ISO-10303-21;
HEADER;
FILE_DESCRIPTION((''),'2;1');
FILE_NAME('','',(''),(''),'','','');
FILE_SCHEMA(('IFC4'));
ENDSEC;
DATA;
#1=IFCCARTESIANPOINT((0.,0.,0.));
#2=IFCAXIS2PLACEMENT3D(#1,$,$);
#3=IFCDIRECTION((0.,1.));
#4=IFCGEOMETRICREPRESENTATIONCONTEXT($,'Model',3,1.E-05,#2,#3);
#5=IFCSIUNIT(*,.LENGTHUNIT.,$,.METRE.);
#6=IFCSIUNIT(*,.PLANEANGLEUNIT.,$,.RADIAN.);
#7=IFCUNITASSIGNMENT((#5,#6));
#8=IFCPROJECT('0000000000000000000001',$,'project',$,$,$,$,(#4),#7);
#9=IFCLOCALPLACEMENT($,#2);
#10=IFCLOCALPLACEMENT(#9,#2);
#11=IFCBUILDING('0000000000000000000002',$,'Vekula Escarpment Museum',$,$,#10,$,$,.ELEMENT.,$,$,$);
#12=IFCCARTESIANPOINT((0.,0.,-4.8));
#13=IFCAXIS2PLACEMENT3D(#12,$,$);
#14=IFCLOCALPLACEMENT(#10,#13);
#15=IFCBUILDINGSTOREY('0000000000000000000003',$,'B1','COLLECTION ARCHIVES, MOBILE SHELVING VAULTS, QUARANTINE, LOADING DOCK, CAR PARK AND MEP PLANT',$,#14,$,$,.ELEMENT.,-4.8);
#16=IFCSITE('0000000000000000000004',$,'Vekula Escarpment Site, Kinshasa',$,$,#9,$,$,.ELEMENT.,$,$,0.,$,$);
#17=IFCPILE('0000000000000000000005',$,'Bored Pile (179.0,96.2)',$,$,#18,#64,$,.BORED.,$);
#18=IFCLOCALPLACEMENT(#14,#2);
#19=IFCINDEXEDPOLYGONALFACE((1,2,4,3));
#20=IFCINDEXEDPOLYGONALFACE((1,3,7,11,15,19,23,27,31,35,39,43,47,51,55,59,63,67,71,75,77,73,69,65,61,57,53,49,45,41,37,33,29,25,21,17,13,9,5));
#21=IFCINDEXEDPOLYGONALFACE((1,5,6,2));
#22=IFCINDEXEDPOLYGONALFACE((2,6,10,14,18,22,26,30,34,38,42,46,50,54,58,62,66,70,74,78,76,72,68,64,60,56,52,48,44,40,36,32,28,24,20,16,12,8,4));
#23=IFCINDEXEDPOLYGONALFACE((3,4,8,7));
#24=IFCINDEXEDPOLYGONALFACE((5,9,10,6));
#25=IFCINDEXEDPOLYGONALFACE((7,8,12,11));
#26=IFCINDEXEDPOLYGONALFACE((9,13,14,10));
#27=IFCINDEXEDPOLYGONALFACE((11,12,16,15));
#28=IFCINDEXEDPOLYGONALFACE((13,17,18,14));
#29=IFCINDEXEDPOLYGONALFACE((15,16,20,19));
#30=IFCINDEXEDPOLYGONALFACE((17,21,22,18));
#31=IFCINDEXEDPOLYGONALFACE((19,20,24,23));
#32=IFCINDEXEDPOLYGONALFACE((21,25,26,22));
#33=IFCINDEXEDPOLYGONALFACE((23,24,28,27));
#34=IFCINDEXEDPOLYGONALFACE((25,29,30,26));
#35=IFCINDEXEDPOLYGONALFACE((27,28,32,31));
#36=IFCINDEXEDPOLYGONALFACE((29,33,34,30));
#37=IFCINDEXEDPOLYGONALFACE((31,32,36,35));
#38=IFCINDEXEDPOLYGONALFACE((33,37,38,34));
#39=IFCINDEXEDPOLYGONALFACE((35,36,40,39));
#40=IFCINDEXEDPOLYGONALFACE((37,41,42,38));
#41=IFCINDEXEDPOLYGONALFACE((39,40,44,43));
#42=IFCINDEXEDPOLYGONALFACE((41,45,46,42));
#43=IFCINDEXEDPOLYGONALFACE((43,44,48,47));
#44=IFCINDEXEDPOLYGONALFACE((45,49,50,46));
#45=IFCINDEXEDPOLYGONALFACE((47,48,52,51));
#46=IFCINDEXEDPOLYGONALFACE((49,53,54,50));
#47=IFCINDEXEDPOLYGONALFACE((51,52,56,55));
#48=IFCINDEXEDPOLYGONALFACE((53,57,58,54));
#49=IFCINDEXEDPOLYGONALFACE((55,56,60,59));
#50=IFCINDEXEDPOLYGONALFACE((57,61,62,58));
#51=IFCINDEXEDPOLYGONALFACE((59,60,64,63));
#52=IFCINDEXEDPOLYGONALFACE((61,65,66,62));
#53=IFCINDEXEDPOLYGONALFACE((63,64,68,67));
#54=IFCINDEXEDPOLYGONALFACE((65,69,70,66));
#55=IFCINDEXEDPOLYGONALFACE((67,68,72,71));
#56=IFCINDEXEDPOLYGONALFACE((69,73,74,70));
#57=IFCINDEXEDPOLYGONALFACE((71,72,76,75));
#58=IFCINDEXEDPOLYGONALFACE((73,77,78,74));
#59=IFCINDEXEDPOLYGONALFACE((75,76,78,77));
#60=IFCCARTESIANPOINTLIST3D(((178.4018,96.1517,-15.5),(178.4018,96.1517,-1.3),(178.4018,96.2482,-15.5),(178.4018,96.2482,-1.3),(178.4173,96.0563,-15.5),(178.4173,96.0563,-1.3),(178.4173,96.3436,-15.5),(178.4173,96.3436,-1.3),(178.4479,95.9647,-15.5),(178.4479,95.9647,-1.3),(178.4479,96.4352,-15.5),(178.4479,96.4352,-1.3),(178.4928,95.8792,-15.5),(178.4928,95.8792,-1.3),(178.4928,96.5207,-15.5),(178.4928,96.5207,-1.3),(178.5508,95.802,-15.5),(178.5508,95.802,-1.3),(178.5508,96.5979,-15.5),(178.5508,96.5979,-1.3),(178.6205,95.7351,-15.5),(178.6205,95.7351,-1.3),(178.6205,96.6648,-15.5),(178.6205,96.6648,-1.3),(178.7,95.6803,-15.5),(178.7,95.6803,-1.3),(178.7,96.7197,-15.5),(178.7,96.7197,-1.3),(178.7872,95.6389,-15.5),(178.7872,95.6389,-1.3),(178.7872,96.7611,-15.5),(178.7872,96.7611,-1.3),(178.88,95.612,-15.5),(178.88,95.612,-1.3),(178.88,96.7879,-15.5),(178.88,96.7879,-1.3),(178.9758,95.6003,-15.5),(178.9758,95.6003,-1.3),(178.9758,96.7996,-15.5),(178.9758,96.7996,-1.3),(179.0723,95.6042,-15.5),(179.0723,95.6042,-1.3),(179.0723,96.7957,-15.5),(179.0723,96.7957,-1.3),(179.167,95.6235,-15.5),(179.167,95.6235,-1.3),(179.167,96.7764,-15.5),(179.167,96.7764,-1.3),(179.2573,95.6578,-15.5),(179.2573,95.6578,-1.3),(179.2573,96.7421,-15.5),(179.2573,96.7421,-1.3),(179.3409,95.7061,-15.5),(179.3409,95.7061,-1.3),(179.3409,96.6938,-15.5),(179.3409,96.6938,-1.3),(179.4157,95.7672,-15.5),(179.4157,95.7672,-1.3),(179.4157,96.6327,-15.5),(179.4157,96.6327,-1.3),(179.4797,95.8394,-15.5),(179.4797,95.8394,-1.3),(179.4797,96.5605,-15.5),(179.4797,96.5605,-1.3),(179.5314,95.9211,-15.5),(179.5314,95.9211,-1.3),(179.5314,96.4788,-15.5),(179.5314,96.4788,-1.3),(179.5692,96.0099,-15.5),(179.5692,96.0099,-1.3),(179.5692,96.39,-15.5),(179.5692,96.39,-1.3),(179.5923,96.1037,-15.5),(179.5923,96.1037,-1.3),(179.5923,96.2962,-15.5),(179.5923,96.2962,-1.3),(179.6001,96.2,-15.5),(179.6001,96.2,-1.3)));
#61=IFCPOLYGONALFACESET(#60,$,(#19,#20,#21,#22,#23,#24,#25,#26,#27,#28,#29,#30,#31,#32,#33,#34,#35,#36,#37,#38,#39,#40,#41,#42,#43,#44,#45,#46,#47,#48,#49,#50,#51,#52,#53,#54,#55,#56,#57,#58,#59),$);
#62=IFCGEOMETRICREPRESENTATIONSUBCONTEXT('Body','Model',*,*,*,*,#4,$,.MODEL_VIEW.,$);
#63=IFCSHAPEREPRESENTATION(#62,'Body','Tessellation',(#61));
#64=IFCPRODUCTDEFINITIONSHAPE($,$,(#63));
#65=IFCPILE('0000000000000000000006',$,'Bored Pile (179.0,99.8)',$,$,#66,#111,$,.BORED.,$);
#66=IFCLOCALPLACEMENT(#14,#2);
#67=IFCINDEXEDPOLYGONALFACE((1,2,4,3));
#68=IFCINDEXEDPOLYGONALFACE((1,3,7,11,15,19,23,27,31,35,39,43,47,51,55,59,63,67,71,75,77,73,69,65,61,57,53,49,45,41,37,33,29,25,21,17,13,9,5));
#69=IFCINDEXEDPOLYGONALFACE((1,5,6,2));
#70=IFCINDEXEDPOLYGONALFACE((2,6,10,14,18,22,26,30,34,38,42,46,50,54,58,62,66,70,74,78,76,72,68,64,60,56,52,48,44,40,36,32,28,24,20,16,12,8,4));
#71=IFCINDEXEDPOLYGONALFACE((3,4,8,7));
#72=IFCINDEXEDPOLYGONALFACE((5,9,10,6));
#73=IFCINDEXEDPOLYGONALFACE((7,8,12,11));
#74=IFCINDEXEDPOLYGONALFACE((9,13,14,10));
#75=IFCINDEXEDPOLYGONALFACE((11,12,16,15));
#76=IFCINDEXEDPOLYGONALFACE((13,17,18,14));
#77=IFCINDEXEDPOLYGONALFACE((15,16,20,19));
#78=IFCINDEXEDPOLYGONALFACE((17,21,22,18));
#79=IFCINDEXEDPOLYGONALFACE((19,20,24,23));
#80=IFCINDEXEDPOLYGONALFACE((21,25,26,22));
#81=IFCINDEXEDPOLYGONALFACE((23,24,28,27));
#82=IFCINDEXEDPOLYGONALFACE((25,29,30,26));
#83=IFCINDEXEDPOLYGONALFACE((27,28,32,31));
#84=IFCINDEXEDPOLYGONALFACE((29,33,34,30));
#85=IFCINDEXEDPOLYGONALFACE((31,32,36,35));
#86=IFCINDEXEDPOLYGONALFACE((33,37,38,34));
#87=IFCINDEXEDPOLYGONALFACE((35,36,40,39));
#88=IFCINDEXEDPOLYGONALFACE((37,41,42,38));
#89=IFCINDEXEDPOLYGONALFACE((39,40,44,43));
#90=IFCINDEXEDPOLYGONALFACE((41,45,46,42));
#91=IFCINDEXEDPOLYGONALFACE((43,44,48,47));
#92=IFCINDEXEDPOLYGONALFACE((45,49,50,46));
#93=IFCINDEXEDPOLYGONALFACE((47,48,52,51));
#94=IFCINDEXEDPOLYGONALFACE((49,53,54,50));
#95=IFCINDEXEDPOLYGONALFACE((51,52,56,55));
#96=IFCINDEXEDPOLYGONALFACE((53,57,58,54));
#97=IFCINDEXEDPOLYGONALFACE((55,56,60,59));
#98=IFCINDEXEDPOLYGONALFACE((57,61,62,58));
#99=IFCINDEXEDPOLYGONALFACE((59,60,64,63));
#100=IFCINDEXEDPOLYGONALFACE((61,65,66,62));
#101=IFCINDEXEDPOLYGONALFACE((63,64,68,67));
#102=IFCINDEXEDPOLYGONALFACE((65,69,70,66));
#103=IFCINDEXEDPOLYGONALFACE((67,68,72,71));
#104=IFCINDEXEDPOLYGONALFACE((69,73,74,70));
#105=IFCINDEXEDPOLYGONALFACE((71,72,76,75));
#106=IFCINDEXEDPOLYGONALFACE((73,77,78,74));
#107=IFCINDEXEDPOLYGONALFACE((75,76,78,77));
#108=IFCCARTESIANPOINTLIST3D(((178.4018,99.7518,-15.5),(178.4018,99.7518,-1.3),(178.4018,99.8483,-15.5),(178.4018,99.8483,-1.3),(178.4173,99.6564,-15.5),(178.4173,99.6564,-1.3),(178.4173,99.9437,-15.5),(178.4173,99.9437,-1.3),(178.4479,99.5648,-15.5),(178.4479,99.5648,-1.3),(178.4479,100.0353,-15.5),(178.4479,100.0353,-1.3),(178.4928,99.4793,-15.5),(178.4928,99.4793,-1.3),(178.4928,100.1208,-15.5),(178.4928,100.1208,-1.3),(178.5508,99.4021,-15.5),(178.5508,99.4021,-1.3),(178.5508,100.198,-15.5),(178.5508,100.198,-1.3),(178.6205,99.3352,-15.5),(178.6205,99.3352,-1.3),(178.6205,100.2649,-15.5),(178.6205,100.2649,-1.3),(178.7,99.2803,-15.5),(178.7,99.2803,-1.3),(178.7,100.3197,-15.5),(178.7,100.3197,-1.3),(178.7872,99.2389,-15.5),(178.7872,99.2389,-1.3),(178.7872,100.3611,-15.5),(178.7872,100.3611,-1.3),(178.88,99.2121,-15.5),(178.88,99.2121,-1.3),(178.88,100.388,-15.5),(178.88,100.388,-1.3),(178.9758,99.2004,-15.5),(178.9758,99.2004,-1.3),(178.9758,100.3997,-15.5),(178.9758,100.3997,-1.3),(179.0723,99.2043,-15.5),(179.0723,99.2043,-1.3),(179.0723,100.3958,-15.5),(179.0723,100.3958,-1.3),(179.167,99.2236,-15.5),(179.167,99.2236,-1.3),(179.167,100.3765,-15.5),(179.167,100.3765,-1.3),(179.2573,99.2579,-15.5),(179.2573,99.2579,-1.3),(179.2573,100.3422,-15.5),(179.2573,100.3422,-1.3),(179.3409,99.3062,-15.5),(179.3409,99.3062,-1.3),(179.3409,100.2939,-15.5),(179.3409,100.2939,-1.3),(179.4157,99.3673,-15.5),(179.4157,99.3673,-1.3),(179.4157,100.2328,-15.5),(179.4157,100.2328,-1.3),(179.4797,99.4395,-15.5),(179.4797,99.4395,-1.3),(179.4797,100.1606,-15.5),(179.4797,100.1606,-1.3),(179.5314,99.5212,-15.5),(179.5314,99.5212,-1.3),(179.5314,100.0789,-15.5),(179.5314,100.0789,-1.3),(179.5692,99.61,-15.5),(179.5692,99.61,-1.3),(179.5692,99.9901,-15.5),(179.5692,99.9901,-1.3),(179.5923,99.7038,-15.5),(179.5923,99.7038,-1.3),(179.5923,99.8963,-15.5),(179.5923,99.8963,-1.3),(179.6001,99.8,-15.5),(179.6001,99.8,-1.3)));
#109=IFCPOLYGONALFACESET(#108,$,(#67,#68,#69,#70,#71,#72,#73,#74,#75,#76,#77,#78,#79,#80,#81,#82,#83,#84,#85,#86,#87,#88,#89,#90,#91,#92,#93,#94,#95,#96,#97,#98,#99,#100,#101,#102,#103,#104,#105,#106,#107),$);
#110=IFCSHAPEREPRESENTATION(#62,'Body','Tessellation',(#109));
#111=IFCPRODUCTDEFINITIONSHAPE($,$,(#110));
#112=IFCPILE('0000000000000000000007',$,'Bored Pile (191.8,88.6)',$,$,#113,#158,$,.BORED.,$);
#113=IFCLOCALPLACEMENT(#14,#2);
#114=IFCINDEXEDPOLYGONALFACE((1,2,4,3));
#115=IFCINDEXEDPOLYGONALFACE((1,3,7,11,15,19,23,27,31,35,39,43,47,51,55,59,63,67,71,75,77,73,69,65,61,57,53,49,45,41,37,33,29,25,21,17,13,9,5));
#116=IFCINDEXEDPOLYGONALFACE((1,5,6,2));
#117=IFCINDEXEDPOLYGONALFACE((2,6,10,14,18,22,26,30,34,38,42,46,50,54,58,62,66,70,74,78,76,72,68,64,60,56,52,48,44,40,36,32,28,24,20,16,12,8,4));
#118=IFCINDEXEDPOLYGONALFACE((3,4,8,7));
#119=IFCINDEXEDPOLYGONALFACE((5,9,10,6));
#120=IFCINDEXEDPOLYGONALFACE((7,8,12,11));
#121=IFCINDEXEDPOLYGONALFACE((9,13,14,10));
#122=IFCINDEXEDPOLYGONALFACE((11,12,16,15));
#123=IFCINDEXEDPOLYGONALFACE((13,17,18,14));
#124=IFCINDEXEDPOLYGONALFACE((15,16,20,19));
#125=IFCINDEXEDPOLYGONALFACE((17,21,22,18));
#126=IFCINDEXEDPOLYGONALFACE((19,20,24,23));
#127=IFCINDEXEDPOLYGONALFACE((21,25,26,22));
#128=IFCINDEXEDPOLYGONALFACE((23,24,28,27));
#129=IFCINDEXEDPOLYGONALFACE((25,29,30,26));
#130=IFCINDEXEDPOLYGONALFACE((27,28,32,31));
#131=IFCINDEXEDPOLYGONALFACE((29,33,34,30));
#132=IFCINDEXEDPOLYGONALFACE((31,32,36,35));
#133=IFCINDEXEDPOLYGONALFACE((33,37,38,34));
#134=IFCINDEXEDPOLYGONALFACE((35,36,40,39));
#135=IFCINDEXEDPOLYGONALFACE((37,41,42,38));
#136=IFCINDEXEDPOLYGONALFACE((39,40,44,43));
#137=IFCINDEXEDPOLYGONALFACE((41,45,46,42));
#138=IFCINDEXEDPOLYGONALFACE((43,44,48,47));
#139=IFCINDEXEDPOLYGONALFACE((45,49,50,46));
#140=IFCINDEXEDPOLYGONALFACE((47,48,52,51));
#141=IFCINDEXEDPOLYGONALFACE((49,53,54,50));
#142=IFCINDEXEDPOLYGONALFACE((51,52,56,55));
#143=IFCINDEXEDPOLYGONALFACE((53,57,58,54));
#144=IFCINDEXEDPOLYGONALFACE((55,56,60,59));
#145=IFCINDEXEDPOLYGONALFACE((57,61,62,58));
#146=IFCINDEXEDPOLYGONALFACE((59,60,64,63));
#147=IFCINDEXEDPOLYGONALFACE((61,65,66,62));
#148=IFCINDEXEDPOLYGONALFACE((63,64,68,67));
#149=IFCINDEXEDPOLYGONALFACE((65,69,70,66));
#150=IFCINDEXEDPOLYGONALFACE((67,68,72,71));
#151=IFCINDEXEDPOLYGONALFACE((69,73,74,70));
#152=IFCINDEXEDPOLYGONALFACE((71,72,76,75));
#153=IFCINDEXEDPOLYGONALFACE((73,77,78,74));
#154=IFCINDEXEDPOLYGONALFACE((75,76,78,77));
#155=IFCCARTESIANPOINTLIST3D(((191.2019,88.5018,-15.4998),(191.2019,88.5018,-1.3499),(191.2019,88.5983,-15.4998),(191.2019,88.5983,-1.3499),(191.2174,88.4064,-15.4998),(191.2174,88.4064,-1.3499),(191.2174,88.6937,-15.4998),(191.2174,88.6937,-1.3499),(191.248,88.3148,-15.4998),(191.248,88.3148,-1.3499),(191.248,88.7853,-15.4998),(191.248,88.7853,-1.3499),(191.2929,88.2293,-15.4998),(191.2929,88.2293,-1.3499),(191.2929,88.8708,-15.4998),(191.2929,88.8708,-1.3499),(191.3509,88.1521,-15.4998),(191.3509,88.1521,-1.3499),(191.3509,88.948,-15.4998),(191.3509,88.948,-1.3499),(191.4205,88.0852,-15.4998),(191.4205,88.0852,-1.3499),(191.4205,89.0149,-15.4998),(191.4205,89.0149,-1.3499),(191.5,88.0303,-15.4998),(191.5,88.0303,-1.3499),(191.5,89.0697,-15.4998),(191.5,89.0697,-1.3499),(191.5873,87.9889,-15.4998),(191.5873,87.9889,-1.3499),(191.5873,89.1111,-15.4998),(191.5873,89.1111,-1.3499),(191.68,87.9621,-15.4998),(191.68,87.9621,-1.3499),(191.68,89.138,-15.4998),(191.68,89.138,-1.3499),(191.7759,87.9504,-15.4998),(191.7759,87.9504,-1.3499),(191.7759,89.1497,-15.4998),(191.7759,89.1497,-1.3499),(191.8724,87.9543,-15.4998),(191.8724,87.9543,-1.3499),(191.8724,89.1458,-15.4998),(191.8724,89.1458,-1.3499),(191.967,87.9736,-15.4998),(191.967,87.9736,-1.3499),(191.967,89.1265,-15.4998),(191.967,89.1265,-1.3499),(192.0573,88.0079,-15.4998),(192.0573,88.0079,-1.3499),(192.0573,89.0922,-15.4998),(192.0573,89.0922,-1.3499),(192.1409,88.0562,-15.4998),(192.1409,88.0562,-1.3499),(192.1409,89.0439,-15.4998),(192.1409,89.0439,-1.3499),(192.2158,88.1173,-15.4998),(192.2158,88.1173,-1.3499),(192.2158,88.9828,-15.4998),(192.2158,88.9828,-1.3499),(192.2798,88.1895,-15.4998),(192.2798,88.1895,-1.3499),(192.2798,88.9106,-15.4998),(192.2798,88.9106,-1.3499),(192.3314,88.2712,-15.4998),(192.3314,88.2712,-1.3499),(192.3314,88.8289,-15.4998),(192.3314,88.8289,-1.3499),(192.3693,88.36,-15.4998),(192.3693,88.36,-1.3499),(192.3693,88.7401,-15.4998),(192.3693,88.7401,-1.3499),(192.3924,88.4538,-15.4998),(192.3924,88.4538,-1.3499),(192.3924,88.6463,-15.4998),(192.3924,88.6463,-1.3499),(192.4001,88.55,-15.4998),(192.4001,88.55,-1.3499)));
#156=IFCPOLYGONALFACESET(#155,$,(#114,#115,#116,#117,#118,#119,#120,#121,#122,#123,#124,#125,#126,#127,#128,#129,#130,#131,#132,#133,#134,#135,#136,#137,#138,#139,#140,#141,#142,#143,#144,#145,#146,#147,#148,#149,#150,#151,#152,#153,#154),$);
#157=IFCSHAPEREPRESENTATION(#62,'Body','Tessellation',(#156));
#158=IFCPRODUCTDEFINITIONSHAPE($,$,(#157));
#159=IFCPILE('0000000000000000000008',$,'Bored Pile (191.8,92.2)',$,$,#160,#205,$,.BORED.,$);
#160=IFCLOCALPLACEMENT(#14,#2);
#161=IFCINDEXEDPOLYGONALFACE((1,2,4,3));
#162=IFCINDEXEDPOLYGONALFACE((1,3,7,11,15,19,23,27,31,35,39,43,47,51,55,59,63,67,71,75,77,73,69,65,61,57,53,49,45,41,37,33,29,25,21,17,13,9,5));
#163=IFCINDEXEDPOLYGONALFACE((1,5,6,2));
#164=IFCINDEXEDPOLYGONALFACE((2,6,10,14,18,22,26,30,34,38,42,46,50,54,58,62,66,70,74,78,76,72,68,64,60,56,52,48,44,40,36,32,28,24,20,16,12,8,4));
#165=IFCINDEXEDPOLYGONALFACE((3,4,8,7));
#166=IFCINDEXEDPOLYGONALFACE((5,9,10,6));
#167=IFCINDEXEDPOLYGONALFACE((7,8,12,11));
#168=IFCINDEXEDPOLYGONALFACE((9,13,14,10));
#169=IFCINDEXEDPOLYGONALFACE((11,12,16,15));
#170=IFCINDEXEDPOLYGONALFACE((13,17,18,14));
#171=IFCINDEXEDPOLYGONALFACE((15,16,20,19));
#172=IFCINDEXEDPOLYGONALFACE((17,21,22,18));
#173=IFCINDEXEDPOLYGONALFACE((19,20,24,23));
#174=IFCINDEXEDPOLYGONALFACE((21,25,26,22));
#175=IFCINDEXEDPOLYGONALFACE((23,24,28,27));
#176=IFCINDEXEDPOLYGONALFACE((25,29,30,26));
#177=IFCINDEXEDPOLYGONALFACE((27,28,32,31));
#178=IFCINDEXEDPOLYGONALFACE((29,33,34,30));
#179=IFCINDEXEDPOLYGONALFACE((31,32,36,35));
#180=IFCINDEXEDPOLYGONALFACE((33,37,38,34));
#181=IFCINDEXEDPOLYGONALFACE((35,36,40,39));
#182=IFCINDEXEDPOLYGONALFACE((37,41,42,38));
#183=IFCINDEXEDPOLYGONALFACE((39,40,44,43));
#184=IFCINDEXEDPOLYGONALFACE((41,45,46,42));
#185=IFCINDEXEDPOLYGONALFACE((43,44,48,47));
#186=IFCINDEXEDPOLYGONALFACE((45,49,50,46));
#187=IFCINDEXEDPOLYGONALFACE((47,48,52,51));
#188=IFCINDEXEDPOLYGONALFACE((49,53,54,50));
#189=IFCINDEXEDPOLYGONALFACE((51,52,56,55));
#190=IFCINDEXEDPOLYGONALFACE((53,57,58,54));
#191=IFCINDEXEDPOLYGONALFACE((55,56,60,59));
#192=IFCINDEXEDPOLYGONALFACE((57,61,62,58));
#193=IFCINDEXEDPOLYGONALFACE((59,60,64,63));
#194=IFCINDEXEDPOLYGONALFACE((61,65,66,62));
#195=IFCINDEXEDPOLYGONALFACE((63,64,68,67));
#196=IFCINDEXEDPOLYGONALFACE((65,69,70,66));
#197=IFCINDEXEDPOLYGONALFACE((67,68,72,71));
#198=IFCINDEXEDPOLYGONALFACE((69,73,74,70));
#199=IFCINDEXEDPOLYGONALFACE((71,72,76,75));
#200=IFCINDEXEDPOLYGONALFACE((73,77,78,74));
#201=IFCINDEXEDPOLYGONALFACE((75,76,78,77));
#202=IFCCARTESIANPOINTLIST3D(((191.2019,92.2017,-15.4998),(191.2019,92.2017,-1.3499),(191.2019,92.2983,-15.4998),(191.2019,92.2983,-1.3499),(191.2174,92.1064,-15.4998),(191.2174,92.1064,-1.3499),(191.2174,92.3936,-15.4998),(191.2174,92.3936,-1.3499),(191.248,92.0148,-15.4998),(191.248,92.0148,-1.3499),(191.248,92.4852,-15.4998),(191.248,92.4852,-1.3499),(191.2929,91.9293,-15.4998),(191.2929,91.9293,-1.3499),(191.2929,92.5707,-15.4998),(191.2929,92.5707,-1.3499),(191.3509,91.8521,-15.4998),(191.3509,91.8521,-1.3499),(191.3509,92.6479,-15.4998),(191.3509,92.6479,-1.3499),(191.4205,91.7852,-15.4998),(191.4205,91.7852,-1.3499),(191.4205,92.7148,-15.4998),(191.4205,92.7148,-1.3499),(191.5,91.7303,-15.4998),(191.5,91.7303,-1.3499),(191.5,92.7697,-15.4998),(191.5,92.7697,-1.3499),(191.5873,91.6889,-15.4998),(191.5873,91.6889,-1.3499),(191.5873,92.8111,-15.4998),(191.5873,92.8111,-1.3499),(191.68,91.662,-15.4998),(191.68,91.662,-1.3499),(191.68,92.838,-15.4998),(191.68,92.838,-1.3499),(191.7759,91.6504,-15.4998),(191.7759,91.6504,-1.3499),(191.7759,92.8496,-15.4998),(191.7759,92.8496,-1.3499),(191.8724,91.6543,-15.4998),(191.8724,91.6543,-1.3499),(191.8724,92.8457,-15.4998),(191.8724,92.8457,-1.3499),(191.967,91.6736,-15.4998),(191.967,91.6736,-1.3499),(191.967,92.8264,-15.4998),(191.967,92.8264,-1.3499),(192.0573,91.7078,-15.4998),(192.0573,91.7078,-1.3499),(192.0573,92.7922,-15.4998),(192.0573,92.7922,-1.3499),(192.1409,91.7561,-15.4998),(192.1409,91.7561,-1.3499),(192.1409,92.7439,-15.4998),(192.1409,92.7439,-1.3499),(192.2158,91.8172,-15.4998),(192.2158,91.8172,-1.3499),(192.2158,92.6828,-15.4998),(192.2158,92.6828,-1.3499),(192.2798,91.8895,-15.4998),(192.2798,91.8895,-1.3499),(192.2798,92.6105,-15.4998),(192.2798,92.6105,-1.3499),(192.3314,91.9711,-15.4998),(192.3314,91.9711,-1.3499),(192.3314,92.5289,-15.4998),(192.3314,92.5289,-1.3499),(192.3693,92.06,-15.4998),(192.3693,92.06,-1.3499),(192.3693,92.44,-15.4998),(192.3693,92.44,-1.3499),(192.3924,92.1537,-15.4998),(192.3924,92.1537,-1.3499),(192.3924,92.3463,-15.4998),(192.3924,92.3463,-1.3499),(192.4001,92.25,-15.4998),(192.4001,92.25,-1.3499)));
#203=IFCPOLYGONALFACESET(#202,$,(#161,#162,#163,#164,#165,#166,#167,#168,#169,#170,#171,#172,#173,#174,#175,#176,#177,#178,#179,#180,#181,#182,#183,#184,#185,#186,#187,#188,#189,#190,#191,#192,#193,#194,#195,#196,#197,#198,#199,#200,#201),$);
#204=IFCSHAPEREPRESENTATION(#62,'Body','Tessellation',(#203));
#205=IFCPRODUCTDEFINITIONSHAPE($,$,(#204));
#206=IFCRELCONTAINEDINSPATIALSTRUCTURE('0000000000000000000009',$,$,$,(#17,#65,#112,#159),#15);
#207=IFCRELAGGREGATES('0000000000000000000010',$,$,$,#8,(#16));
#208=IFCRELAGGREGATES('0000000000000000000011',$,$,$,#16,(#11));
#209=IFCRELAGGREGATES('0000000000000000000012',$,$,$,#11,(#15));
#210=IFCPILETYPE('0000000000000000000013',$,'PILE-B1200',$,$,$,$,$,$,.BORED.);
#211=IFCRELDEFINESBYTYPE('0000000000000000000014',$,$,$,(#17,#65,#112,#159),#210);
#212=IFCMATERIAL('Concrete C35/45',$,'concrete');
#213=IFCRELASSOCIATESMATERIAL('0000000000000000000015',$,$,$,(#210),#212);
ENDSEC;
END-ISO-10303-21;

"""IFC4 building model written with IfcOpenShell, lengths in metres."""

from ifc_helpers import new_model, si_unit, direction, frame, origin, origin_2d, place, context, subcontext, project, spatial, circle, extrude, material, material_profile, profile_set, type_object, element, save


model = new_model("IFC4")

# Units and contexts
model_context = context("Model", 3, precision=1e-05, world=origin(), true_north=direction((0.0, 1.0)))
body_context = subcontext(model_context, "Body", "Model", "MODEL_VIEW")
ifc_project = project(units=[si_unit("LENGTHUNIT", "METRE"), si_unit("PLANEANGLEUNIT", "RADIAN")], contexts=[model_context])

# Site, building, storey
site_placement = place(None, origin())
site = spatial("IfcSite", under=ifc_project, at=site_placement, Name="Vekula Escarpment Site, Kinshasa", CompositionType="ELEMENT", RefElevation=0.0)
building_placement = place(site_placement, origin())
building = spatial("IfcBuilding", under=site, at=building_placement, Name="Vekula Escarpment Museum", CompositionType="ELEMENT")
storey_placement = place(building_placement, frame((0.0, 0.0, -4.8)))
storey = spatial("IfcBuildingStorey", under=building, at=storey_placement, Name="B1", Description="COLLECTION ARCHIVES, MOBILE SHELVING VAULTS, QUARANTINE, LOADING DOCK, CAR PARK AND MEP PLANT", CompositionType="ELEMENT", Elevation=-4.8)

# Piles
ifc_material_1 = material(Name="Concrete C35/45", Category="concrete")
ifc_material_profile_1 = material_profile(ifc_material_1, circle(Radius=0.6001, at=origin_2d()), Name="BORED PILE 1200")
ifc_profile_set_1 = profile_set([ifc_material_profile_1], Name="Concrete C35/45")
pile_type = type_object("IfcPileType", Name="PILE-B1200", PredefinedType="BORED", material=ifc_profile_set_1)
for number, where, z_axis, x_axis, name in (
    (1, (179.0, 96.2, -1.3), (0.0, 0.0, -1.0), (1.0, 0.0, 0.0), "Bored Pile (179.0,96.2)"),
    (2, (179.0, 99.8, -1.3), (0.0, 0.0, -1.0), (1.0, 0.0, 0.0), "Bored Pile (179.0,99.8)"),
):
    element("IfcPile", number, at=place(storey_placement, frame(where, z_axis=z_axis, x_axis=x_axis)), inside=storey, type_object=pile_type, Name=name, PredefinedType="BORED", context=body_context, shape_type="SweptSolid", body=[
        extrude(circle(Radius=0.6001, at=origin_2d()), origin(), (0.0, 0.0, 1.0), 14.2),
    ])
for number, where, z_axis, x_axis, name in (
    (3, (191.8, 88.55, -1.3499), (0.0, 0.0, -1.0), (1.0, 0.0, 0.0), "Bored Pile (191.8,88.6)"),
    (4, (191.8, 92.25, -1.3499), (0.0, 0.0, -1.0), (1.0, 0.0, 0.0), "Bored Pile (191.8,92.2)"),
):
    element("IfcPile", number, at=place(storey_placement, frame(where, z_axis=z_axis, x_axis=x_axis)), inside=storey, type_object=pile_type, Name=name, PredefinedType="BORED", context=body_context, shape_type="SweptSolid", body=[
        extrude(circle(Radius=0.6001, at=origin_2d()), origin(), (0.0, 0.0, 1.0), 14.1499),
    ])

save(model, "model.ifc")
